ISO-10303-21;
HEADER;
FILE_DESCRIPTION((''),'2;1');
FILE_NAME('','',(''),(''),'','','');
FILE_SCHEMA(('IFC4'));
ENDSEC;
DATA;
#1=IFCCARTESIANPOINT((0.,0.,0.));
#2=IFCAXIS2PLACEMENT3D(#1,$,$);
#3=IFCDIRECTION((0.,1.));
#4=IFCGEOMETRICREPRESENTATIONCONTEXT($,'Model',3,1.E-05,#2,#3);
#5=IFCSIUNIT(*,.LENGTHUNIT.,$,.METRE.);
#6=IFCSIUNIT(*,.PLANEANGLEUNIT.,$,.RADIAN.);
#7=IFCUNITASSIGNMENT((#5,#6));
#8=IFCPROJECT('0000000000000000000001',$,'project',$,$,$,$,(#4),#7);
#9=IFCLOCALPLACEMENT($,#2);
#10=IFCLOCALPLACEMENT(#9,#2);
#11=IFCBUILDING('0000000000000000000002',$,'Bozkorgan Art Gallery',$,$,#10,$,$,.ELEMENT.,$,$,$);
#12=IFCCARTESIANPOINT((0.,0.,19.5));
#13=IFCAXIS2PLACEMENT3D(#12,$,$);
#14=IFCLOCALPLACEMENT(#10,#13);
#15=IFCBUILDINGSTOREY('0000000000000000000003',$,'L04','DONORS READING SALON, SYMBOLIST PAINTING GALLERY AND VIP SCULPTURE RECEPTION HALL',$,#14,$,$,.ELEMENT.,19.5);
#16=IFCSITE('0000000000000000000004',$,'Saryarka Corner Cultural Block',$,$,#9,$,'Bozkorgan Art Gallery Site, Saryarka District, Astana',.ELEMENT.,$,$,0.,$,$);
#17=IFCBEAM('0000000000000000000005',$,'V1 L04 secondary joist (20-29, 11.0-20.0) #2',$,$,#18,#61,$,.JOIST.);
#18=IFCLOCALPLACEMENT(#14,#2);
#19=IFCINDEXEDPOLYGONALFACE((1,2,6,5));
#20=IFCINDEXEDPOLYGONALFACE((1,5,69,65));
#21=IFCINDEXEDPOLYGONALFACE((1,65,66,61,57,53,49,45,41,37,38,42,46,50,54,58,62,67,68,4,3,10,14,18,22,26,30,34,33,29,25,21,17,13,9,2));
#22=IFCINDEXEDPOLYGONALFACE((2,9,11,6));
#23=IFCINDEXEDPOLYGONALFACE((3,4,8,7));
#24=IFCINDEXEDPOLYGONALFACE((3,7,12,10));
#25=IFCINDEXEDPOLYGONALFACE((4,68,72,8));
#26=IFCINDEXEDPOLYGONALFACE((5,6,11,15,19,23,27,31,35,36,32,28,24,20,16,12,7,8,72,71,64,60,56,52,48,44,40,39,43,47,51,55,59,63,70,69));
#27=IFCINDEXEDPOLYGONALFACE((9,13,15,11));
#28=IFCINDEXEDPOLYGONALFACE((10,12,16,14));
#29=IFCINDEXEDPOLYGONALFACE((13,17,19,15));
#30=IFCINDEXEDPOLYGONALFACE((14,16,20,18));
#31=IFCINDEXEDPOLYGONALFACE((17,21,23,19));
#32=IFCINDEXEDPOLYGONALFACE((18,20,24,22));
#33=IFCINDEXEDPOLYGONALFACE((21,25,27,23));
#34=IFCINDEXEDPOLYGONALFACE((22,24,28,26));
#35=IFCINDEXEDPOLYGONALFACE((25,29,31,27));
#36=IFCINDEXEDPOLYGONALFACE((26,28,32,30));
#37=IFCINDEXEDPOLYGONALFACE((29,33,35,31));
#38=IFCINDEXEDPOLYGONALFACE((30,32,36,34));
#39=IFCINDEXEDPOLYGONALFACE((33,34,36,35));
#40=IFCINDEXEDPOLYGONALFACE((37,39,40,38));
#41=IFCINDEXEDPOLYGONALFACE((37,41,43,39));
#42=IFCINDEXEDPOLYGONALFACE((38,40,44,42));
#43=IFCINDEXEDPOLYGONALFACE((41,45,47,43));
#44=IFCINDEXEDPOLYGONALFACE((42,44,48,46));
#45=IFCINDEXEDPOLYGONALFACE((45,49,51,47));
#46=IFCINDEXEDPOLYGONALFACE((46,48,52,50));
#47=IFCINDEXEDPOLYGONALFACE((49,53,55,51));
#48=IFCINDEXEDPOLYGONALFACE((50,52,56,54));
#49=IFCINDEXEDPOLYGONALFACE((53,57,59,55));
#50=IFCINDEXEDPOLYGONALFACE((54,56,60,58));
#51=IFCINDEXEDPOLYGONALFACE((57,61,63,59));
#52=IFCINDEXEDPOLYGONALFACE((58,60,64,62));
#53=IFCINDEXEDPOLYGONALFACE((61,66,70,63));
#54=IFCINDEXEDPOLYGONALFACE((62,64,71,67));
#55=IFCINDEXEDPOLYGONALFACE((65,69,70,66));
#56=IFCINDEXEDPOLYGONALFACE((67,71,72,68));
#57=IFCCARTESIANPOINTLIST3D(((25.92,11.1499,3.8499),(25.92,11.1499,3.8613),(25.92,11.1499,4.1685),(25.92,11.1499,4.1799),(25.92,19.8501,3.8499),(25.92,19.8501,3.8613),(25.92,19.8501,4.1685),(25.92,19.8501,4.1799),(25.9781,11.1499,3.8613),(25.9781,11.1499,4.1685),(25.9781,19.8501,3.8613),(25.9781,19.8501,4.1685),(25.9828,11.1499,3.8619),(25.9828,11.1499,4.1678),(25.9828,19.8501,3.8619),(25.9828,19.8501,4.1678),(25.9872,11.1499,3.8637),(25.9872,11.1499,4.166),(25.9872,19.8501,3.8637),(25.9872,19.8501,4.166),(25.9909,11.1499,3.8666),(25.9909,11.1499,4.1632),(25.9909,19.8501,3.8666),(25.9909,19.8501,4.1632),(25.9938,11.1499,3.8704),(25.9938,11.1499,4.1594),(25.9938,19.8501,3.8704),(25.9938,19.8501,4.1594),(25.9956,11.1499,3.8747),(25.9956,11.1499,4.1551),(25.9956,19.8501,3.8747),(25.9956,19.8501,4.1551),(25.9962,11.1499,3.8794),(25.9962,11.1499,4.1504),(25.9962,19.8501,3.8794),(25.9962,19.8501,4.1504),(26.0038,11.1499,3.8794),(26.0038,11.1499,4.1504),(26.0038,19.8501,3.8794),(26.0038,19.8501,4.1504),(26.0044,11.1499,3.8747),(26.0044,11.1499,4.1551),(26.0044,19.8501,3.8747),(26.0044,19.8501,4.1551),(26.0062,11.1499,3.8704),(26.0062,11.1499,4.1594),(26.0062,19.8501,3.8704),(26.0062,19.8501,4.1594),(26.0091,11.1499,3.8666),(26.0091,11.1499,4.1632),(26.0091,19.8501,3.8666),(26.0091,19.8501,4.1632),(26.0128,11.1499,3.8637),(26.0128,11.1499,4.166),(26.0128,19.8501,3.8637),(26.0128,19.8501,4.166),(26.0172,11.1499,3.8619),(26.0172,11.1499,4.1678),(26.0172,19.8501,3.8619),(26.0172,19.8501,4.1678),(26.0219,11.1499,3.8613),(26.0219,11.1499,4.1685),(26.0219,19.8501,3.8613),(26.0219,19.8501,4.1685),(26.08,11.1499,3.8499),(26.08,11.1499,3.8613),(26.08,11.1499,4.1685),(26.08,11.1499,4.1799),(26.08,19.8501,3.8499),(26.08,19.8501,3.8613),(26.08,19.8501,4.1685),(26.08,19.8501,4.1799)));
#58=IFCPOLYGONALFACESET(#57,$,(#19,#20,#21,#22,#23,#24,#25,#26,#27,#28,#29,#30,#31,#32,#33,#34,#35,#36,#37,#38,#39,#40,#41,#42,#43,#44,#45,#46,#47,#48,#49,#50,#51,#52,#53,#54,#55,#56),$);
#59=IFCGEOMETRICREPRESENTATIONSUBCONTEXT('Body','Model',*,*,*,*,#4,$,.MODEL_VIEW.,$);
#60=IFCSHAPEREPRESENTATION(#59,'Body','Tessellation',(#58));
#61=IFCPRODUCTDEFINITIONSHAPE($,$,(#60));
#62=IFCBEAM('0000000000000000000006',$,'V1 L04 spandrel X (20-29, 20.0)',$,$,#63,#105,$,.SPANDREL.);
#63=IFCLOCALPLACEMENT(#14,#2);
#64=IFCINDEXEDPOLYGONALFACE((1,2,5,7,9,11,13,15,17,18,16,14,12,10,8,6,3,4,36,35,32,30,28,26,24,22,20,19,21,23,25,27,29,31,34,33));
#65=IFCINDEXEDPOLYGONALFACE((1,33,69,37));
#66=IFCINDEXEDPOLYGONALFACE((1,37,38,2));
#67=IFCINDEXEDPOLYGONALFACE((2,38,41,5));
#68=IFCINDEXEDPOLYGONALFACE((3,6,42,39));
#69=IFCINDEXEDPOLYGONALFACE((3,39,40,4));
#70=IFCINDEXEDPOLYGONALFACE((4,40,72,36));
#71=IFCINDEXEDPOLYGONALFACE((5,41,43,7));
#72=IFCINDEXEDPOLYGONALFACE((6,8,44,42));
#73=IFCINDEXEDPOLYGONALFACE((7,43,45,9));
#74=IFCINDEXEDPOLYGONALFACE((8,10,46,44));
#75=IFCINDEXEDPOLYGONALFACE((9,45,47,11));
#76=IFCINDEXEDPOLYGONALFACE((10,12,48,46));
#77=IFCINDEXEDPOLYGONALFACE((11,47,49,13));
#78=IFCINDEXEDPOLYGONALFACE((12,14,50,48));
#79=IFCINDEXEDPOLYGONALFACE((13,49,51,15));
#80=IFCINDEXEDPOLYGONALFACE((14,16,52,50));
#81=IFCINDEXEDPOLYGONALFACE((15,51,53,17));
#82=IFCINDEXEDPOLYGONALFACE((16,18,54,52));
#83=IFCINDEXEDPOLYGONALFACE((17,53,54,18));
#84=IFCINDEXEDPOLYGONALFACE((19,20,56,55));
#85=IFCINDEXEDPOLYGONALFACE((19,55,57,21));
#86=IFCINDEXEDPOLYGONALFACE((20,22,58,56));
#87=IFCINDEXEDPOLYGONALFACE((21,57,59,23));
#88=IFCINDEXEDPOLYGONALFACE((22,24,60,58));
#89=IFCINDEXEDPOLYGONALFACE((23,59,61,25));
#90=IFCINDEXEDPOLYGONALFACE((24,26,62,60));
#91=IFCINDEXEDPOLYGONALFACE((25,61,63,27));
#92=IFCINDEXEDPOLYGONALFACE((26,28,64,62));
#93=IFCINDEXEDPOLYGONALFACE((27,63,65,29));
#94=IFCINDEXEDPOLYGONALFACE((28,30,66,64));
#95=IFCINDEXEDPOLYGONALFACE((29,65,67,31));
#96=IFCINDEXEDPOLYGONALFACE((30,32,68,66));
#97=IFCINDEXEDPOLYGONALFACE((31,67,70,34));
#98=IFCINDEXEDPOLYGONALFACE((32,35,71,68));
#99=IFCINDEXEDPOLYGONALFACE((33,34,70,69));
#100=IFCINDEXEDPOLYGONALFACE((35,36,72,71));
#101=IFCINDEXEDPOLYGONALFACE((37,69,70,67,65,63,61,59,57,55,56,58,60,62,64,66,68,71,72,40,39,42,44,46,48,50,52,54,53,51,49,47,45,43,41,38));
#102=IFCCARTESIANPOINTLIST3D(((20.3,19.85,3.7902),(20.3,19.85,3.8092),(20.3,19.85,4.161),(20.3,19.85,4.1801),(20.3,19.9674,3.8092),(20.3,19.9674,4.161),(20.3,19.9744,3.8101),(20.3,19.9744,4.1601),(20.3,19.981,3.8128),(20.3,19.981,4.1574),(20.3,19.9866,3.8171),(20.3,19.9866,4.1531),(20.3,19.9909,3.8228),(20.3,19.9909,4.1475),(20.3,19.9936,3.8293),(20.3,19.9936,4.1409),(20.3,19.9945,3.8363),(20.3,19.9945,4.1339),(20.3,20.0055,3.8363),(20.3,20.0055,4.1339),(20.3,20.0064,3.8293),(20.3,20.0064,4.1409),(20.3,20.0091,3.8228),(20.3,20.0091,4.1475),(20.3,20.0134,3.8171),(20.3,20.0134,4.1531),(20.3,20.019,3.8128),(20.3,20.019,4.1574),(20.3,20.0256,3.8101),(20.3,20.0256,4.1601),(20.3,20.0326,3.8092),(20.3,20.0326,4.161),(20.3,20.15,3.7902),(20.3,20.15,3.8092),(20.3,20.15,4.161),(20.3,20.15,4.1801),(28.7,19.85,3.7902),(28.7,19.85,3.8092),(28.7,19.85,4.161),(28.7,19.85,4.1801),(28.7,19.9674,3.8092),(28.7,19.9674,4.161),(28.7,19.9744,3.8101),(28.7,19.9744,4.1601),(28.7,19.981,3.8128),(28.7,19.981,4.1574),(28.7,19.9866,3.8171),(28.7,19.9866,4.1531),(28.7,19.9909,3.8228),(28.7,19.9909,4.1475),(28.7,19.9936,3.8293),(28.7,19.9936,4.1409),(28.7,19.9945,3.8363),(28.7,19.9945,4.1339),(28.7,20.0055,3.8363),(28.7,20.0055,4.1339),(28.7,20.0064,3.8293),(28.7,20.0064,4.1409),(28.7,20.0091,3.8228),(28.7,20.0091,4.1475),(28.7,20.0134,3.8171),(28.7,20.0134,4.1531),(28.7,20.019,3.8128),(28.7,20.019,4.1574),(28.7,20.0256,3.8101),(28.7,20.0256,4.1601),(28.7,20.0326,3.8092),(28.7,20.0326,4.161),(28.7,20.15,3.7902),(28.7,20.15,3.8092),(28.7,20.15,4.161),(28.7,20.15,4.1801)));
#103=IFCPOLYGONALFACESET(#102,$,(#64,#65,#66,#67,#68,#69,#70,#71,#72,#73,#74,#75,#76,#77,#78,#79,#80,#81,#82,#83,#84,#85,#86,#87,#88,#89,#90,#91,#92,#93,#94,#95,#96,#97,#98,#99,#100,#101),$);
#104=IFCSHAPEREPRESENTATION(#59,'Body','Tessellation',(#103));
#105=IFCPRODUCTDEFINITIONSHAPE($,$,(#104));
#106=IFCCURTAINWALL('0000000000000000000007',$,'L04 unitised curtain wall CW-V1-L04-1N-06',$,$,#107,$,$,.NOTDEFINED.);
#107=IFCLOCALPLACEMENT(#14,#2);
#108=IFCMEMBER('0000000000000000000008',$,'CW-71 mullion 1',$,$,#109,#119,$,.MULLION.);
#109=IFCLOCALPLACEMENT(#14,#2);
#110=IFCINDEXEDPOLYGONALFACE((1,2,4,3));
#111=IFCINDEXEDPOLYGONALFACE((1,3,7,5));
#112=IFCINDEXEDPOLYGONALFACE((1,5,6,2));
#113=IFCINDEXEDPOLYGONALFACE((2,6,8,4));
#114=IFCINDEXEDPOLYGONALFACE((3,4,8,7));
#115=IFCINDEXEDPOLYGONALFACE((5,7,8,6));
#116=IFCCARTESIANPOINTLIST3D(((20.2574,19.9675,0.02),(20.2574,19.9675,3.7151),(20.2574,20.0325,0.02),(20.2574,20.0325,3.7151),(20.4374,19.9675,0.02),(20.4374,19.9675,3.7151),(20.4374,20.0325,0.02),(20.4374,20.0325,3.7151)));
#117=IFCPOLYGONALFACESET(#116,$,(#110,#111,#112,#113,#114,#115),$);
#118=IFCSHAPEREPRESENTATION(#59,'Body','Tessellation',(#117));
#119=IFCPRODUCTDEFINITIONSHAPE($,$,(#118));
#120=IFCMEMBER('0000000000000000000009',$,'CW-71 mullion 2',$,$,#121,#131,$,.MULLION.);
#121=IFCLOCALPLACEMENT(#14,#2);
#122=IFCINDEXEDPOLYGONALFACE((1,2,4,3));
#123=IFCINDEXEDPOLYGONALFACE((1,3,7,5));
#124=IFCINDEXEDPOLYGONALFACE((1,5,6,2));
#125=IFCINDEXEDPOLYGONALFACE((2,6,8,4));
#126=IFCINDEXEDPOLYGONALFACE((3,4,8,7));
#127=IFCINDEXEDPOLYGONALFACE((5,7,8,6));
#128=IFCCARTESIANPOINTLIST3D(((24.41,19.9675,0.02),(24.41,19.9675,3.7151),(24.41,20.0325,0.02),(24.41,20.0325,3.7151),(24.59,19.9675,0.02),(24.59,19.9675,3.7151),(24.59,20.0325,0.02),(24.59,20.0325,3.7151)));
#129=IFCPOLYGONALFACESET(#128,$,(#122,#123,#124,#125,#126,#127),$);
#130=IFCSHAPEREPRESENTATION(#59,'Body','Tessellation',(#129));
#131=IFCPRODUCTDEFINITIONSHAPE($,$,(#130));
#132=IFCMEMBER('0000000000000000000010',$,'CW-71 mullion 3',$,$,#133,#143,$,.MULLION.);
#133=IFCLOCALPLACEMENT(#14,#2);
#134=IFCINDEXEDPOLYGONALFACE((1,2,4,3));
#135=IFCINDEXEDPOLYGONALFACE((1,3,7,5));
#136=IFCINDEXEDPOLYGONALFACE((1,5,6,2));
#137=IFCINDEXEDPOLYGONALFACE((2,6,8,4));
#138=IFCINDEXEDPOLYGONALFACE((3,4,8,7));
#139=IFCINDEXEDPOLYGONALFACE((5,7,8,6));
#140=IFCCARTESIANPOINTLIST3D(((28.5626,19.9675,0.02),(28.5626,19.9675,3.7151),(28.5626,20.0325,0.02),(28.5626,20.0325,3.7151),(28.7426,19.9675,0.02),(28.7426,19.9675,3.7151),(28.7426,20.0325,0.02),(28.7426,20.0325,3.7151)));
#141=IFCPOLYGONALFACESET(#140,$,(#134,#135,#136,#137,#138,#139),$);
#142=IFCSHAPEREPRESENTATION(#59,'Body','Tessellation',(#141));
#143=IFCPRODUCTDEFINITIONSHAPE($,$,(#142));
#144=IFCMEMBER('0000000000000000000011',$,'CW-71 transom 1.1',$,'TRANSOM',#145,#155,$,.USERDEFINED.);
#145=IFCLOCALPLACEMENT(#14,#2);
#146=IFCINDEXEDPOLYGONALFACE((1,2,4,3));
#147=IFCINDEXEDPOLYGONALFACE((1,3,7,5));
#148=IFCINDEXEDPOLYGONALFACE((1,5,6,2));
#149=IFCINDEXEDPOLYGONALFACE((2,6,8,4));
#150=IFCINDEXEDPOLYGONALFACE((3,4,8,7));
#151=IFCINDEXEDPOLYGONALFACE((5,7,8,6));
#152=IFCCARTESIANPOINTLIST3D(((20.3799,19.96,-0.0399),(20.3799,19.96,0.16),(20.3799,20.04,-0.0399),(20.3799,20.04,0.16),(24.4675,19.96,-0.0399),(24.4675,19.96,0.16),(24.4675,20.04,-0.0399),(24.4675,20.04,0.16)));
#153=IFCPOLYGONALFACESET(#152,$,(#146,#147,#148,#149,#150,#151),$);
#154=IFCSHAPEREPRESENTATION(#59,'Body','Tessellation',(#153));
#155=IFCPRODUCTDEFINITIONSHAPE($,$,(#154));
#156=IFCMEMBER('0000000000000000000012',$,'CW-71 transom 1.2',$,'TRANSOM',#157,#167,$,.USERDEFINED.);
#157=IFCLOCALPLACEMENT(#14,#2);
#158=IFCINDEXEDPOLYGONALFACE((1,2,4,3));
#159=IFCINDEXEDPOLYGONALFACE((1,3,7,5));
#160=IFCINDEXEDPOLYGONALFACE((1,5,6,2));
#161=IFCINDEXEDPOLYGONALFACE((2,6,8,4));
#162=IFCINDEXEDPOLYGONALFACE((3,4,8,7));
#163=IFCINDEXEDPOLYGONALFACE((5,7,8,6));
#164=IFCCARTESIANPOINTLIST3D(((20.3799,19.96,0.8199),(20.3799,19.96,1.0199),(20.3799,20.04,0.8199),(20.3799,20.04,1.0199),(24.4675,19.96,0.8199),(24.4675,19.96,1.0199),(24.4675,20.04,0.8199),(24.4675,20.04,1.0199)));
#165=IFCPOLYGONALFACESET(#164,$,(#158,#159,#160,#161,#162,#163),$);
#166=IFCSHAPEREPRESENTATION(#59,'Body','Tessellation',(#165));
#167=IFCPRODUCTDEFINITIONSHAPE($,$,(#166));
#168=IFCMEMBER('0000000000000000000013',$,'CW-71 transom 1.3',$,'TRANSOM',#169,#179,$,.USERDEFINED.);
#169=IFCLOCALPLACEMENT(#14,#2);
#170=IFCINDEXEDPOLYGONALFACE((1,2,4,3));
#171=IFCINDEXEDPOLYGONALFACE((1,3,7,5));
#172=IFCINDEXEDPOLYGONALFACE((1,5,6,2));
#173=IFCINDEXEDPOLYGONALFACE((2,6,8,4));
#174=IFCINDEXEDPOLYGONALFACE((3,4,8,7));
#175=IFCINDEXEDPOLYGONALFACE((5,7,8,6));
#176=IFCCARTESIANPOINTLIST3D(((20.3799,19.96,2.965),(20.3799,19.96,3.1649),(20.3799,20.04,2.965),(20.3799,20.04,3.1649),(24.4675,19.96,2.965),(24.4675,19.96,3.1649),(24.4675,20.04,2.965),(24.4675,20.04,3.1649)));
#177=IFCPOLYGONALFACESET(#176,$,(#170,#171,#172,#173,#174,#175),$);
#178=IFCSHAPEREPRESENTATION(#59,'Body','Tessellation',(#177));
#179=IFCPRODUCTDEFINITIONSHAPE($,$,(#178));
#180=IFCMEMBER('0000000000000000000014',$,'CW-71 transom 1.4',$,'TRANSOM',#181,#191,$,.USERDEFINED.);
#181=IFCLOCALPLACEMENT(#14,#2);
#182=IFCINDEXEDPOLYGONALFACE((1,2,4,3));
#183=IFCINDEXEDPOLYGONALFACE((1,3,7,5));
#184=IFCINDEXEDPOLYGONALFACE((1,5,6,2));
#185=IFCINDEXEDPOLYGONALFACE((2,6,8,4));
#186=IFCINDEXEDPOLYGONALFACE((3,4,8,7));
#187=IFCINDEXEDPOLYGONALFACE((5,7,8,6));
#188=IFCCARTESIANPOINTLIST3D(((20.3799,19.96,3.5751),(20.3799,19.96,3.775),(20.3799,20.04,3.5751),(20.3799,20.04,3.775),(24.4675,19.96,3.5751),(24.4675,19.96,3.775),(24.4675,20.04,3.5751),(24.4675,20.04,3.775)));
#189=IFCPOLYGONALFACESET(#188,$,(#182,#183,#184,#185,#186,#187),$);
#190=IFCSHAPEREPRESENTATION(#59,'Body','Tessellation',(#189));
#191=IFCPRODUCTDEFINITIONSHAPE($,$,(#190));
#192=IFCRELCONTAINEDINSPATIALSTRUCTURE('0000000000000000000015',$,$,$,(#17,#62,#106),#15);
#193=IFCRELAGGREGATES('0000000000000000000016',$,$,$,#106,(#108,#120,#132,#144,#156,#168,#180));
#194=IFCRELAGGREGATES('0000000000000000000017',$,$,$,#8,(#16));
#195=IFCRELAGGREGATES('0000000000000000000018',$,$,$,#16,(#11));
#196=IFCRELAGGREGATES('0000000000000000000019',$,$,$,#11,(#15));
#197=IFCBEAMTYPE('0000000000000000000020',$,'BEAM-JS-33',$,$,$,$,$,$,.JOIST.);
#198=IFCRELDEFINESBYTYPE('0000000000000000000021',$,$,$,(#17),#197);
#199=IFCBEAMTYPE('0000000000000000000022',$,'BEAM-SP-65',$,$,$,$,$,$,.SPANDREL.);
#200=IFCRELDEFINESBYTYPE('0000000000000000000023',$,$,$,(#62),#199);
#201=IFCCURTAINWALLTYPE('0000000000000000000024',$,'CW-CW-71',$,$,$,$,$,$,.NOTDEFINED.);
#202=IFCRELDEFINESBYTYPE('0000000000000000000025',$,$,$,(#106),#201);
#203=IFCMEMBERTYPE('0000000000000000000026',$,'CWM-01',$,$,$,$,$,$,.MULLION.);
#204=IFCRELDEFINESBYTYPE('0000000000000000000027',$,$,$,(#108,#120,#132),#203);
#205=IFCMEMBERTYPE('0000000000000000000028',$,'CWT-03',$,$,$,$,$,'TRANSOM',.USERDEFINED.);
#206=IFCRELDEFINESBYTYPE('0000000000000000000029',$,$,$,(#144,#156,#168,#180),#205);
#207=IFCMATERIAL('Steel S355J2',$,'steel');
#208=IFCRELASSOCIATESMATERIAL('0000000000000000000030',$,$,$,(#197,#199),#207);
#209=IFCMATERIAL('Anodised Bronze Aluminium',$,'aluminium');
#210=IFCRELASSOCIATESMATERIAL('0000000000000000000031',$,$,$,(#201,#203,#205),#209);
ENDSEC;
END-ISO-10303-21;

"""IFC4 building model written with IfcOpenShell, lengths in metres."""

from ifc_helpers import new_model, si_unit, direction, frame, origin, origin_2d, place, context, subcontext, project, spatial, rectangle, i_section, extrude, material, material_profile, profile_set, type_object, element, aggregate, save


model = new_model("IFC4")

# Units and contexts
model_context = context("Model", 3, precision=1e-05, world=origin(), true_north=direction((0.0, 1.0)))
body_context = subcontext(model_context, "Body", "Model", "MODEL_VIEW")
ifc_project = project(units=[si_unit("LENGTHUNIT", "METRE"), si_unit("PLANEANGLEUNIT", "RADIAN")], contexts=[model_context])

# Site, building, storey
site_placement = place(None, origin())
site = spatial("IfcSite", under=ifc_project, at=site_placement, Name="Saryarka Corner Cultural Block", LongName="Bozkorgan Art Gallery Site, Saryarka District, Astana", CompositionType="ELEMENT", RefElevation=0.0)
building_placement = place(site_placement, origin())
building = spatial("IfcBuilding", under=site, at=building_placement, Name="Bozkorgan Art Gallery", CompositionType="ELEMENT")
storey_placement = place(building_placement, frame((0.0, 0.0, 19.5)))
storey = spatial("IfcBuildingStorey", under=building, at=storey_placement, Name="L04", Description="DONORS READING SALON, SYMBOLIST PAINTING GALLERY AND VIP SCULPTURE RECEPTION HALL", CompositionType="ELEMENT", Elevation=19.5)

# Beams
ifc_material_1 = material(Name="Steel S355J2", Category="steel")
ifc_material_profile_1 = material_profile(ifc_material_1, i_section(OverallWidth=0.1599, OverallDepth=0.3301, WebThickness=0.0076, FlangeThickness=0.0115, FilletRadius=0.0181, at=origin_2d()), Name="IPE 330")
ifc_profile_set_1 = profile_set([ifc_material_profile_1], Name="Steel S355J2")
beam_type_1 = type_object("IfcBeamType", Name="BEAM-JS-33", PredefinedType="JOIST", material=ifc_profile_set_1)
for number, where, z_axis, x_axis, name in (
    (1, (26.0, 11.1499, 4.0149), (0.0, 1.0, 0.0), (-1.0, 0.0, 0.0), "V1 L04 secondary joist (20-29, 11.0-20.0) #2"),
):
    element("IfcBeam", number, at=place(storey_placement, frame(where, z_axis=z_axis, x_axis=x_axis)), inside=storey, type_object=beam_type_1, Name=name, PredefinedType="JOIST", context=body_context, shape_type="SweptSolid", body=[
        extrude(i_section(OverallWidth=0.1599, OverallDepth=0.3301, WebThickness=0.0076, FlangeThickness=0.0115, FilletRadius=0.0181, at=origin_2d()), origin(), (0.0, 0.0, 1.0), 8.7002),
    ])
ifc_material_profile_2 = material_profile(ifc_material_1, i_section(OverallWidth=0.3, OverallDepth=0.3899, WebThickness=0.011, FlangeThickness=0.019, FilletRadius=0.0271, at=origin_2d()), Name="HEA 400")
ifc_profile_set_2 = profile_set([ifc_material_profile_2], Name="Steel S355J2")
beam_type_2 = type_object("IfcBeamType", Name="BEAM-SP-65", PredefinedType="SPANDREL", material=ifc_profile_set_2)
beam_1_placement = place(storey_placement, frame((20.3, 20.0, 3.9851), z_axis=(1.0, 0.0, 0.0), x_axis=(0.0, 1.0, 0.0)))
element("IfcBeam", 2, at=beam_1_placement, inside=storey, type_object=beam_type_2, Name="V1 L04 spandrel X (20-29, 20.0)", PredefinedType="SPANDREL", context=body_context, shape_type="SweptSolid", body=[
    extrude(i_section(OverallWidth=0.3, OverallDepth=0.3899, WebThickness=0.011, FlangeThickness=0.019, FilletRadius=0.0271, at=origin_2d()), origin(), (0.0, 0.0, 1.0), 8.3999),
])

# Curtain wall, members
ifc_material_2 = material(Name="Anodised Bronze Aluminium", Category="aluminium")
curtain_wall_type = type_object("IfcCurtainWallType", Name="CW-CW-71", PredefinedType="NOTDEFINED", material=ifc_material_2)
curtain_wall_placement = place(storey_placement, origin())
curtain_wall = element("IfcCurtainWall", 3, at=curtain_wall_placement, inside=storey, type_object=curtain_wall_type, Name="L04 unitised curtain wall CW-V1-L04-1N-06", PredefinedType="NOTDEFINED")
ifc_material_profile_3 = material_profile(ifc_material_2, rectangle(XDim=0.0649, YDim=0.1799, at=origin_2d()), Name="ALU MULLION 65x180")
ifc_profile_set_3 = profile_set([ifc_material_profile_3], Name="Anodised Bronze Aluminium")
member_type_1 = type_object("IfcMemberType", Name="CWM-01", PredefinedType="MULLION", material=ifc_profile_set_3)
member_1_placement = place(storey_placement, frame((20.3474, 20.0, 0.02), z_axis=(0.0, 0.0, 1.0), x_axis=(0.0, 1.0, 0.0)))
member_1 = element("IfcMember", 4, at=member_1_placement, type_object=member_type_1, Name="CW-71 mullion 1", PredefinedType="MULLION", context=body_context, shape_type="SweptSolid", body=[
    extrude(rectangle(XDim=0.0649, YDim=0.1799, at=origin_2d()), origin(), (0.0, 0.0, 1.0), 3.6951),
])
member_2_placement = place(storey_placement, frame((24.5, 20.0, 0.02), z_axis=(0.0, 0.0, 1.0), x_axis=(0.0, 1.0, 0.0)))
member_2 = element("IfcMember", 5, at=member_2_placement, type_object=member_type_1, Name="CW-71 mullion 2", PredefinedType="MULLION", context=body_context, shape_type="SweptSolid", body=[
    extrude(rectangle(XDim=0.0649, YDim=0.1799, at=origin_2d()), origin(), (0.0, 0.0, 1.0), 3.6951),
])
member_3_placement = place(storey_placement, frame((28.6526, 20.0, 0.02), z_axis=(0.0, 0.0, 1.0), x_axis=(0.0, 1.0, 0.0)))
member_3 = element("IfcMember", 6, at=member_3_placement, type_object=member_type_1, Name="CW-71 mullion 3", PredefinedType="MULLION", context=body_context, shape_type="SweptSolid", body=[
    extrude(rectangle(XDim=0.0649, YDim=0.1799, at=origin_2d()), origin(), (0.0, 0.0, 1.0), 3.6951),
])
ifc_material_profile_4 = material_profile(ifc_material_2, rectangle(XDim=0.0801, YDim=0.2, at=origin_2d()), Name="ALU TRANSOM 80x200")
ifc_profile_set_4 = profile_set([ifc_material_profile_4], Name="Anodised Bronze Aluminium")
member_type_2 = type_object("IfcMemberType", Name="CWT-03", ElementType="TRANSOM", PredefinedType="USERDEFINED", material=ifc_profile_set_4)
member_4_placement = place(storey_placement, frame((20.3799, 20.0, 0.0601), z_axis=(1.0, 0.0, 0.0), x_axis=(0.0, 1.0, 0.0)))
member_4 = element("IfcMember", 7, at=member_4_placement, type_object=member_type_2, Name="CW-71 transom 1.1", ObjectType="TRANSOM", PredefinedType="USERDEFINED", context=body_context, shape_type="SweptSolid", body=[
    extrude(rectangle(XDim=0.0801, YDim=0.2, at=origin_2d()), origin(), (0.0, 0.0, 1.0), 4.0876),
])
member_5_placement = place(storey_placement, frame((20.3799, 20.0, 0.9199), z_axis=(1.0, 0.0, 0.0), x_axis=(0.0, 1.0, 0.0)))
member_5 = element("IfcMember", 8, at=member_5_placement, type_object=member_type_2, Name="CW-71 transom 1.2", ObjectType="TRANSOM", PredefinedType="USERDEFINED", context=body_context, shape_type="SweptSolid", body=[
    extrude(rectangle(XDim=0.0801, YDim=0.2, at=origin_2d()), origin(), (0.0, 0.0, 1.0), 4.0876),
])
member_6_placement = place(storey_placement, frame((20.3799, 20.0, 3.0649), z_axis=(1.0, 0.0, 0.0), x_axis=(0.0, 1.0, 0.0)))
member_6 = element("IfcMember", 9, at=member_6_placement, type_object=member_type_2, Name="CW-71 transom 1.3", ObjectType="TRANSOM", PredefinedType="USERDEFINED", context=body_context, shape_type="SweptSolid", body=[
    extrude(rectangle(XDim=0.0801, YDim=0.2, at=origin_2d()), origin(), (0.0, 0.0, 1.0), 4.0876),
])
member_7_placement = place(storey_placement, frame((20.3799, 20.0, 3.675), z_axis=(1.0, 0.0, 0.0), x_axis=(0.0, 1.0, 0.0)))
member_7 = element("IfcMember", 10, at=member_7_placement, type_object=member_type_2, Name="CW-71 transom 1.4", ObjectType="TRANSOM", PredefinedType="USERDEFINED", context=body_context, shape_type="SweptSolid", body=[
    extrude(rectangle(XDim=0.0801, YDim=0.2, at=origin_2d()), origin(), (0.0, 0.0, 1.0), 4.0876),
])
aggregate(curtain_wall, [member_1, member_2, member_3, member_4, member_5, member_6, member_7])

save(model, "model.ifc")
